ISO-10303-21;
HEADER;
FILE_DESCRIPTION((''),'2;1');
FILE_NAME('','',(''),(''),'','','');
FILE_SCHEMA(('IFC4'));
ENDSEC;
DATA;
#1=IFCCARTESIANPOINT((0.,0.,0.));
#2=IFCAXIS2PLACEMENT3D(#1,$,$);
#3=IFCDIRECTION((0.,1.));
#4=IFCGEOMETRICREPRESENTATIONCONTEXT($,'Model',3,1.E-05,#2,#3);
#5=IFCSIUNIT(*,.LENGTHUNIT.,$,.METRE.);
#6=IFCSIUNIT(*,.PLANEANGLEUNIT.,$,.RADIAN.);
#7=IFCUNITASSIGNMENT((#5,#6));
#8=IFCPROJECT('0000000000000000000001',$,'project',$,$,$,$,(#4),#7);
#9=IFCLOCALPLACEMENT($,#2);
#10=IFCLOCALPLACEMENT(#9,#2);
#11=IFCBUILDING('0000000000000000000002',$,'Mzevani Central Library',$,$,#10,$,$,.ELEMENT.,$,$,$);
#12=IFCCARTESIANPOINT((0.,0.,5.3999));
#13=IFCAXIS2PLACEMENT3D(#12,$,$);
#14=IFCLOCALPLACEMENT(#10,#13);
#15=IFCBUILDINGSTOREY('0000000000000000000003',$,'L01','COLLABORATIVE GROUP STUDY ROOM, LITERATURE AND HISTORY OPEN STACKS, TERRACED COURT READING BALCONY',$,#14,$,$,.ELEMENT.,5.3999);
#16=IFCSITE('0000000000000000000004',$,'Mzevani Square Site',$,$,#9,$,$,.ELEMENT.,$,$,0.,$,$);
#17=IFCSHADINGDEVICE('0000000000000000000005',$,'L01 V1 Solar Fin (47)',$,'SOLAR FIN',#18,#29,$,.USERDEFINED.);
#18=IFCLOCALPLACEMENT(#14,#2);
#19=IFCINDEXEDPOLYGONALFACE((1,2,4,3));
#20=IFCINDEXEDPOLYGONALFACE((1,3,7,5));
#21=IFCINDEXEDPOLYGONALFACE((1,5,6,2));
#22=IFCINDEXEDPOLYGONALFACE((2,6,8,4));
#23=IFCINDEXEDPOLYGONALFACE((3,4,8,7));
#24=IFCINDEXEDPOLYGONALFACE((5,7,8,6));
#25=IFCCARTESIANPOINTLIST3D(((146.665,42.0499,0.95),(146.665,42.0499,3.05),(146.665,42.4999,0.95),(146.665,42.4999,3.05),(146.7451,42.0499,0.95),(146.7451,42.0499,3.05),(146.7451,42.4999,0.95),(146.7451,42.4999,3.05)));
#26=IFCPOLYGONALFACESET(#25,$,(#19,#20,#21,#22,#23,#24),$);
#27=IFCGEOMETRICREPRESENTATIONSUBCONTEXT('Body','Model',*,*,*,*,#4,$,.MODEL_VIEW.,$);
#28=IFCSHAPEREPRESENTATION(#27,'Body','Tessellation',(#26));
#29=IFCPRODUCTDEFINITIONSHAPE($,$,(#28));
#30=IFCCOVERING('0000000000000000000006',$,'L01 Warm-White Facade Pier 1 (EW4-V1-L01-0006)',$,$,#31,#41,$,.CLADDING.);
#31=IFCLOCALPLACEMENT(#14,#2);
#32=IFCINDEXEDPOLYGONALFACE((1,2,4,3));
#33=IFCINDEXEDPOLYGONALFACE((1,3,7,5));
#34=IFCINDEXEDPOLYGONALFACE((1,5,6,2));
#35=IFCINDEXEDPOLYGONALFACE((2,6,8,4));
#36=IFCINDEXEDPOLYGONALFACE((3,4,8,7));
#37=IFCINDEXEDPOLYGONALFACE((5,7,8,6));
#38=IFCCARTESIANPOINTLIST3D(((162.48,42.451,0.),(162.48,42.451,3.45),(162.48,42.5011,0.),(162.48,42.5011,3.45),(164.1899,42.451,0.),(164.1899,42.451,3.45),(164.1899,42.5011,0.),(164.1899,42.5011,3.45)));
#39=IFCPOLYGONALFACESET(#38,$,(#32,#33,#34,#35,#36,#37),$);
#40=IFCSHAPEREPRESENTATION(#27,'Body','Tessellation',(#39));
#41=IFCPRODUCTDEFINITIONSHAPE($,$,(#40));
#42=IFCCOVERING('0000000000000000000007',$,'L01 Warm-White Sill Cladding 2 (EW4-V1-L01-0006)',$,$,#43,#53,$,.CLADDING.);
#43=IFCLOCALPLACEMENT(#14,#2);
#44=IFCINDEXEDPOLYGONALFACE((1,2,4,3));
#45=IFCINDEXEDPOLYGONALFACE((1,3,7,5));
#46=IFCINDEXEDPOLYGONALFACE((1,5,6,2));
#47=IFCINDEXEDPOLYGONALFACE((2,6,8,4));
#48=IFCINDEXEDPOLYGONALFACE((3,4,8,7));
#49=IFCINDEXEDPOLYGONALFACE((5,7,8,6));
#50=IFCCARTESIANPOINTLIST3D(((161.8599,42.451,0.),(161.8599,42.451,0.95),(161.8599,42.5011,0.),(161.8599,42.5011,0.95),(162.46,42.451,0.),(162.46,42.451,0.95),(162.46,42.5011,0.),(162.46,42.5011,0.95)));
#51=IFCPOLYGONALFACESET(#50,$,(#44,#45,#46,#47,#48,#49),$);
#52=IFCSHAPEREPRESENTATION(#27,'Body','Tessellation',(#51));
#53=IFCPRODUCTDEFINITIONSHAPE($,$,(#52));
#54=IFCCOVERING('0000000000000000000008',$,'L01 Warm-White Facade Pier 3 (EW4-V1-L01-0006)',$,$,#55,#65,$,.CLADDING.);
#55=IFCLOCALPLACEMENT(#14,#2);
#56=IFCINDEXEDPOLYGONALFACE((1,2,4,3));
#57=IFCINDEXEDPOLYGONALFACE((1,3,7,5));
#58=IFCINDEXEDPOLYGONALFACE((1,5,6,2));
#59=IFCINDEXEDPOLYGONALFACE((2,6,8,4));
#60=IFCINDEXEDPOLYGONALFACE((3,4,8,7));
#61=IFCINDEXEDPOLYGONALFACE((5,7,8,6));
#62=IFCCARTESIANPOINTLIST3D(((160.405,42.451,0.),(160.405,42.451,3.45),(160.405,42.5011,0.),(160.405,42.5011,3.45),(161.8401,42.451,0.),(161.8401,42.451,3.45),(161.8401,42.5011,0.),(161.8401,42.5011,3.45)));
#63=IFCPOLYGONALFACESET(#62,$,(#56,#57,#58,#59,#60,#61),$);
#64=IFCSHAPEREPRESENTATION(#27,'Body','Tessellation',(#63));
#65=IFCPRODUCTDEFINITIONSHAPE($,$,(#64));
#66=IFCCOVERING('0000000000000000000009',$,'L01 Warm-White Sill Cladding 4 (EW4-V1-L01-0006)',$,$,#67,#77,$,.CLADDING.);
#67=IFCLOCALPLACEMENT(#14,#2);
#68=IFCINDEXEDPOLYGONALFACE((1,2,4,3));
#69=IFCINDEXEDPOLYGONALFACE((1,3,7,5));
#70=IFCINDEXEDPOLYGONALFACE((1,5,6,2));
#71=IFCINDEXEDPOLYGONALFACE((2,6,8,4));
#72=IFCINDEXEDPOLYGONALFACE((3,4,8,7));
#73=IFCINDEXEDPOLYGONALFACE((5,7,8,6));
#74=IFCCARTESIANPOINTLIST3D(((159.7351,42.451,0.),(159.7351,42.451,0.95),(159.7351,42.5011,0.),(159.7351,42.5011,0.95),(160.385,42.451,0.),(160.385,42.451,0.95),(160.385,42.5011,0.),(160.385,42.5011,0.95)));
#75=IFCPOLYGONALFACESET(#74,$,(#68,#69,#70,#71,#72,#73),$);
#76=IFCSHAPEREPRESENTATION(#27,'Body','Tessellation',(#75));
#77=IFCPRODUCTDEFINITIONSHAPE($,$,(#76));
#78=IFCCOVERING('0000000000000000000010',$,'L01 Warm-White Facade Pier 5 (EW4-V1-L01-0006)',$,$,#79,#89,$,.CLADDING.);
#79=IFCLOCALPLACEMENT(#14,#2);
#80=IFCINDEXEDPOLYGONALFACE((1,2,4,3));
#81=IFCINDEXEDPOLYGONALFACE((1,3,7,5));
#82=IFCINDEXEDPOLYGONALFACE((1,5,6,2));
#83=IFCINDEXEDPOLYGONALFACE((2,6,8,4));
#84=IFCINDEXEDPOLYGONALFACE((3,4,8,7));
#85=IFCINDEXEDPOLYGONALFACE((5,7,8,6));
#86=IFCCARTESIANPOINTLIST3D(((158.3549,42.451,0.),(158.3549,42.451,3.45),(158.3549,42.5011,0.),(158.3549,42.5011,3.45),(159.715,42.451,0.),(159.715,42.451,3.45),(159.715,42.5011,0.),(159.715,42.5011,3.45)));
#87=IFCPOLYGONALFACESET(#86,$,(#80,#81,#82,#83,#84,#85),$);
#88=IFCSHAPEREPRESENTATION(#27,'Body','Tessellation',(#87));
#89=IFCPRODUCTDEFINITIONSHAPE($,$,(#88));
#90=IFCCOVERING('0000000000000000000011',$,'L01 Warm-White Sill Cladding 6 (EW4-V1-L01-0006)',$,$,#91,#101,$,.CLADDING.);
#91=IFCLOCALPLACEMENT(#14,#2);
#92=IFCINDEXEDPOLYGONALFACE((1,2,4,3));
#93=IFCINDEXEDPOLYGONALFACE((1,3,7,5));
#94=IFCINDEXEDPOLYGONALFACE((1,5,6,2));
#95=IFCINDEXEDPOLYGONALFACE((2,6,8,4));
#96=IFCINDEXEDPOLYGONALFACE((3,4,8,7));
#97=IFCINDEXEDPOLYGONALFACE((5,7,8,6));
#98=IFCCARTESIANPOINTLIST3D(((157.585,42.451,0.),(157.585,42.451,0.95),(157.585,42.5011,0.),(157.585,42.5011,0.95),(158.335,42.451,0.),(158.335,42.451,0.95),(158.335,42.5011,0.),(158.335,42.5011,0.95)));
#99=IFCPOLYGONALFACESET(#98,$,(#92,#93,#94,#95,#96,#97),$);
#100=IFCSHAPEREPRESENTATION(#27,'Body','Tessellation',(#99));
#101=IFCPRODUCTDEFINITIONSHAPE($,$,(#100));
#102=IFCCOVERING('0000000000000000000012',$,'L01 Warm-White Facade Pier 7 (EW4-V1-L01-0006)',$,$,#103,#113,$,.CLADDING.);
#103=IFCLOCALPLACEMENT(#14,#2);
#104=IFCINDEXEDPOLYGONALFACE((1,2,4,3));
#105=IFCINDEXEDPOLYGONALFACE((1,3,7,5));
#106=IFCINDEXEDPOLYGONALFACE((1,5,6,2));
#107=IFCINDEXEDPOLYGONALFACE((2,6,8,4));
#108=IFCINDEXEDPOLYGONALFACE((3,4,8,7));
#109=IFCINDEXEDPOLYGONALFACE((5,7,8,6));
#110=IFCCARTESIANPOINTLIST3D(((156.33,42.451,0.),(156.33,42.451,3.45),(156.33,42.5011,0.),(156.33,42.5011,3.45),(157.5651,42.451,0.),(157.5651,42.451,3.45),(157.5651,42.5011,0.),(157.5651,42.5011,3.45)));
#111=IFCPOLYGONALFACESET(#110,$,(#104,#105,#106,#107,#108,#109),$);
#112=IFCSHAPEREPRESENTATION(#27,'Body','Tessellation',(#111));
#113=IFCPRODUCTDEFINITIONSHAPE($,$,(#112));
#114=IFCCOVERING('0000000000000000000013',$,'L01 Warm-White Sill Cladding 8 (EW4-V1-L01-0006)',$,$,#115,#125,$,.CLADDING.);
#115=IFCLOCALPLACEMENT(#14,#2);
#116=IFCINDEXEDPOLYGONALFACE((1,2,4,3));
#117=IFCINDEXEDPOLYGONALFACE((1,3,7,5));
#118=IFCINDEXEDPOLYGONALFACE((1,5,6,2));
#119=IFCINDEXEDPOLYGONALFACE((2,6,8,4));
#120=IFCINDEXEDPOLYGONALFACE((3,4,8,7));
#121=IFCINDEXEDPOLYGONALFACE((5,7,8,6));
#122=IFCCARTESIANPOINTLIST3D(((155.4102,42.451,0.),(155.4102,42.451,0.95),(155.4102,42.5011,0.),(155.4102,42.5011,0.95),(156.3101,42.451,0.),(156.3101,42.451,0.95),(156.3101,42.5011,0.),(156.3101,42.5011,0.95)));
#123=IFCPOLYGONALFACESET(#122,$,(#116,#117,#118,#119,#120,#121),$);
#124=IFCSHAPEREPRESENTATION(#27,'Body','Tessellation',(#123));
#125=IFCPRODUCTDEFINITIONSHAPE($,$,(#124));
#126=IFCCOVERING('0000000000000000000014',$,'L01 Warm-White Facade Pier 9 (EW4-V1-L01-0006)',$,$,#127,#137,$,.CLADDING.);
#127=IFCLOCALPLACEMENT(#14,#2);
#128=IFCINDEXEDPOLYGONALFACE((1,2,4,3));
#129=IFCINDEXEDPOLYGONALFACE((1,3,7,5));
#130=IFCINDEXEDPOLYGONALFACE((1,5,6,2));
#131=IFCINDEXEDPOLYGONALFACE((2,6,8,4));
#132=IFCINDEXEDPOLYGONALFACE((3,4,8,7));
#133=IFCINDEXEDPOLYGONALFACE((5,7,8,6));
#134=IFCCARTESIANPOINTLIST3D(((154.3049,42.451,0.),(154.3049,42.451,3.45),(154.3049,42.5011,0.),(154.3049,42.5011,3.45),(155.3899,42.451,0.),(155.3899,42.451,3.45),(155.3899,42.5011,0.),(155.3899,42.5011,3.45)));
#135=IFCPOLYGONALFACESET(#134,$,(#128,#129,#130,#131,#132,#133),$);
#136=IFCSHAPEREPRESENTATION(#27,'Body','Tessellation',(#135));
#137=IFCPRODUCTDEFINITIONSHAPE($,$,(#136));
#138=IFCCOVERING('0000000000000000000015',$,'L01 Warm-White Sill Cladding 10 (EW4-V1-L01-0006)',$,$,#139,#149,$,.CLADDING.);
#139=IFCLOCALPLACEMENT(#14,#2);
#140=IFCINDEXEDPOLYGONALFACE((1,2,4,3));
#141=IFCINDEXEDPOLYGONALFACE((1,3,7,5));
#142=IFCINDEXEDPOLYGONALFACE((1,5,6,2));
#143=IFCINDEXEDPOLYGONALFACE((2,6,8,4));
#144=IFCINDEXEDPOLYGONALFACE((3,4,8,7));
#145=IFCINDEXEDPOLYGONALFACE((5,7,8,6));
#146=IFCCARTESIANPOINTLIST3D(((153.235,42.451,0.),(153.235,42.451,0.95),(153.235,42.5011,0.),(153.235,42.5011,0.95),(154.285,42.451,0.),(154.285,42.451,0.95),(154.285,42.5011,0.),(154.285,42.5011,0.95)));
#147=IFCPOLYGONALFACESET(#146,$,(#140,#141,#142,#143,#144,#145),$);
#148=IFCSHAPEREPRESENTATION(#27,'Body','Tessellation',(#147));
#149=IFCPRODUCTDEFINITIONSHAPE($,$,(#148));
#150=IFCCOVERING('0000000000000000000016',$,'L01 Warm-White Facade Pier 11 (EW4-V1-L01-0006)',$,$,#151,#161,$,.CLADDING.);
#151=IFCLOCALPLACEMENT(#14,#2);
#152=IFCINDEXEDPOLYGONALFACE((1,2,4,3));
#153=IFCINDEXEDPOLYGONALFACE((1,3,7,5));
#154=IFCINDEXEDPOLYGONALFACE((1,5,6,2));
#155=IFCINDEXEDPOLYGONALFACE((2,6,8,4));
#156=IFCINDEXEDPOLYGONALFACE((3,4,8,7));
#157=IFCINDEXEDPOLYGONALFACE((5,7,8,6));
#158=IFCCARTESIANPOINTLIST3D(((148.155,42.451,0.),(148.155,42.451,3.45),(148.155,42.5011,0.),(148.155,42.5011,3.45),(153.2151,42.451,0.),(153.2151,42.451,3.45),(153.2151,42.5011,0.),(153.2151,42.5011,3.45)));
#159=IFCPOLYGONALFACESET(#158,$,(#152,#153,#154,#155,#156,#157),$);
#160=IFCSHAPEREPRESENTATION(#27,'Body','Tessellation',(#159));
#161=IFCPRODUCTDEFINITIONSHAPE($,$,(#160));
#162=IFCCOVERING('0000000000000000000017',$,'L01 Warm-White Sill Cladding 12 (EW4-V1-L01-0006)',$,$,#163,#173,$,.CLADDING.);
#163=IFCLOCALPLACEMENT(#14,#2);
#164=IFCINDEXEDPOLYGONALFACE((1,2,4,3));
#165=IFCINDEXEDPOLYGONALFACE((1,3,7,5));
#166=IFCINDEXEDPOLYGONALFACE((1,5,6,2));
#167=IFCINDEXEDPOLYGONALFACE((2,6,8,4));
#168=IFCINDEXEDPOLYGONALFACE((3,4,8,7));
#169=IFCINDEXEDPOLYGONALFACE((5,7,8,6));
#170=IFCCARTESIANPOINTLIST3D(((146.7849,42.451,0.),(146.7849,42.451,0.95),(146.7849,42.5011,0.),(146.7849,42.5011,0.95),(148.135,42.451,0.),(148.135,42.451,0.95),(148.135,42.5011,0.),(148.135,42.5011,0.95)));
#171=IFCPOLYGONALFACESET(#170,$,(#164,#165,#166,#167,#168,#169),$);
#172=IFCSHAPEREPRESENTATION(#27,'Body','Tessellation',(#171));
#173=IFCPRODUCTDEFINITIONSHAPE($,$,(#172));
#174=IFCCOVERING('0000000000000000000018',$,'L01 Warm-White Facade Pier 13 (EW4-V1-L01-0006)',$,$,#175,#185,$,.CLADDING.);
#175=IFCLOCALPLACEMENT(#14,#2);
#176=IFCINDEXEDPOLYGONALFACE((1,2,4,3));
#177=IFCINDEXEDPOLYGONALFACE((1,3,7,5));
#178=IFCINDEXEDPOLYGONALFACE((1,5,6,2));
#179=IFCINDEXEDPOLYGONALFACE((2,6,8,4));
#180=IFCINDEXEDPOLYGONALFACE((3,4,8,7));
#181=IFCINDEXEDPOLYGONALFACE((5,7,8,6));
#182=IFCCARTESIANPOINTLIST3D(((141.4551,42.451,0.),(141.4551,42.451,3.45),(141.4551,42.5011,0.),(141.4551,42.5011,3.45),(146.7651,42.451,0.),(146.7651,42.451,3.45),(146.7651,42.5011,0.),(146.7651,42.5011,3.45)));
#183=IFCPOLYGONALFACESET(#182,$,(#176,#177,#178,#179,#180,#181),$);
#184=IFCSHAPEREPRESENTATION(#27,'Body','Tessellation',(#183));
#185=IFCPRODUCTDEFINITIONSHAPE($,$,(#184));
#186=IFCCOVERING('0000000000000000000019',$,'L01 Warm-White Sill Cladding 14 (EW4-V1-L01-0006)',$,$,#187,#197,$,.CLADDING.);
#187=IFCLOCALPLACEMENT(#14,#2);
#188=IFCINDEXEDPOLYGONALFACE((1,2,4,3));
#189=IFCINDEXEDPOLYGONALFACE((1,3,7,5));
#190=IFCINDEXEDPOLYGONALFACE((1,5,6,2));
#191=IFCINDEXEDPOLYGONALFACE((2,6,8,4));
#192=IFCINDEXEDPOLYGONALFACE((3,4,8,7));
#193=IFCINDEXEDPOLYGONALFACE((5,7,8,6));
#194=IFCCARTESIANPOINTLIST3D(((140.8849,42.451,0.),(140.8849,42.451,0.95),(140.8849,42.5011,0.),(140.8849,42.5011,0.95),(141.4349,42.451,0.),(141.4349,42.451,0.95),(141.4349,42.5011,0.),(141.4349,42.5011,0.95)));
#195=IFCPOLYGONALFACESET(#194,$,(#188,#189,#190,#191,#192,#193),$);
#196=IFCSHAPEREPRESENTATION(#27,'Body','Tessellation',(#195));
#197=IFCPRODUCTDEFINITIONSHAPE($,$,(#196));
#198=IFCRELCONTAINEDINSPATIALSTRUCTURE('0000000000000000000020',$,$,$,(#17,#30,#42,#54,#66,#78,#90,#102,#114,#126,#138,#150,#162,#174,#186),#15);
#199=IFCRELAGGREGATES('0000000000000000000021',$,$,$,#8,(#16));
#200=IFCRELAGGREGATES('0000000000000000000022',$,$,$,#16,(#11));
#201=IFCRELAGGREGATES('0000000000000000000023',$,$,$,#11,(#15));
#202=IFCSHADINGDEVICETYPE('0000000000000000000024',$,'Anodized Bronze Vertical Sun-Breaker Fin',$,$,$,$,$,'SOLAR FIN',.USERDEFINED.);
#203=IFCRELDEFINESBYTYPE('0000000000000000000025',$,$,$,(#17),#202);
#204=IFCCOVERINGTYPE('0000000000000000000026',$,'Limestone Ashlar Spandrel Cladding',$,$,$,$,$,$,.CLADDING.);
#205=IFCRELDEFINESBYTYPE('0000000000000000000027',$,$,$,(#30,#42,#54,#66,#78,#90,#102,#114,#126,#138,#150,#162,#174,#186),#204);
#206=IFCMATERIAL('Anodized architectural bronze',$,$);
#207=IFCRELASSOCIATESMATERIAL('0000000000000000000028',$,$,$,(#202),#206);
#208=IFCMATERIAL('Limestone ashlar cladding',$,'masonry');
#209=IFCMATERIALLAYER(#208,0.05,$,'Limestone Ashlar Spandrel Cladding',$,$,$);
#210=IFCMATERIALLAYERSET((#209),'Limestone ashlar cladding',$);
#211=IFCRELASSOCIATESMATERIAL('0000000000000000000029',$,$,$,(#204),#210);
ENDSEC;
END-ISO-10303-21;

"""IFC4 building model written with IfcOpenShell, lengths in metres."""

from ifc_helpers import new_model, si_unit, direction, frame, origin, origin_2d, place, context, subcontext, project, spatial, rectangle, extrude, material, layer, layer_set, type_object, element, save


model = new_model("IFC4")

# Units and contexts
model_context = context("Model", 3, precision=1e-05, world=origin(), true_north=direction((0.0, 1.0)))
body_context = subcontext(model_context, "Body", "Model", "MODEL_VIEW")
ifc_project = project(units=[si_unit("LENGTHUNIT", "METRE"), si_unit("PLANEANGLEUNIT", "RADIAN")], contexts=[model_context])

# Site, building, storey
site_placement = place(None, origin())
site = spatial("IfcSite", under=ifc_project, at=site_placement, Name="Mzevani Square Site", CompositionType="ELEMENT", RefElevation=0.0)
building_placement = place(site_placement, origin())
building = spatial("IfcBuilding", under=site, at=building_placement, Name="Mzevani Central Library", CompositionType="ELEMENT")
storey_placement = place(building_placement, frame((0.0, 0.0, 5.3999)))
storey = spatial("IfcBuildingStorey", under=building, at=storey_placement, Name="L01", Description="COLLABORATIVE GROUP STUDY ROOM, LITERATURE AND HISTORY OPEN STACKS, TERRACED COURT READING BALCONY", CompositionType="ELEMENT", Elevation=5.3999)

# Shading device
ifc_material_1 = material(Name="Anodized architectural bronze")
shading_device_type = type_object("IfcShadingDeviceType", Name="Anodized Bronze Vertical Sun-Breaker Fin", ElementType="SOLAR FIN", PredefinedType="USERDEFINED", material=ifc_material_1)
shading_device_1_placement = place(storey_placement, frame((146.7051, 42.2749, 0.95), z_axis=(0.0, 0.0, 1.0), x_axis=(-1.0, 0.0, 0.0)))
element("IfcShadingDevice", 1, at=shading_device_1_placement, inside=storey, type_object=shading_device_type, Name="L01 V1 Solar Fin (47)", ObjectType="SOLAR FIN", PredefinedType="USERDEFINED", context=body_context, shape_type="SweptSolid", body=[
    extrude(rectangle(XDim=0.0801, YDim=0.45, at=origin_2d()), origin(), (0.0, 0.0, 1.0), 2.1001),
])

# Coverings
ifc_material_2 = material(Name="Limestone ashlar cladding", Category="masonry")
ifc_layer_1 = layer(ifc_material_2, 0.05, Name="Limestone Ashlar Spandrel Cladding")
ifc_layer_set_1 = layer_set([ifc_layer_1], Name="Limestone ashlar cladding")
covering_type = type_object("IfcCoveringType", Name="Limestone Ashlar Spandrel Cladding", PredefinedType="CLADDING", material=ifc_layer_set_1)
covering_1_placement = place(storey_placement, frame((163.335, 42.4761, 0.0), z_axis=(0.0, 0.0, 1.0), x_axis=(-1.0, 0.0, 0.0)))
element("IfcCovering", 2, at=covering_1_placement, inside=storey, type_object=covering_type, Name="L01 Warm-White Facade Pier 1 (EW4-V1-L01-0006)", PredefinedType="CLADDING", context=body_context, shape_type="SweptSolid", body=[
    extrude(rectangle(XDim=1.71, YDim=0.05, at=origin_2d()), origin(), (0.0, 0.0, 1.0), 3.45),
])
covering_2_placement = place(storey_placement, frame((162.1599, 42.4761, 0.0), z_axis=(0.0, 0.0, 1.0), x_axis=(-1.0, 0.0, 0.0)))
element("IfcCovering", 3, at=covering_2_placement, inside=storey, type_object=covering_type, Name="L01 Warm-White Sill Cladding 2 (EW4-V1-L01-0006)", PredefinedType="CLADDING", context=body_context, shape_type="SweptSolid", body=[
    extrude(rectangle(XDim=0.6001, YDim=0.05, at=origin_2d()), origin(), (0.0, 0.0, 1.0), 0.95),
])
covering_3_placement = place(storey_placement, frame((161.1226, 42.4761, 0.0), z_axis=(0.0, 0.0, 1.0), x_axis=(-1.0, 0.0, 0.0)))
element("IfcCovering", 4, at=covering_3_placement, inside=storey, type_object=covering_type, Name="L01 Warm-White Facade Pier 3 (EW4-V1-L01-0006)", PredefinedType="CLADDING", context=body_context, shape_type="SweptSolid", body=[
    extrude(rectangle(XDim=1.4351, YDim=0.05, at=origin_2d()), origin(), (0.0, 0.0, 1.0), 3.45),
])
covering_4_placement = place(storey_placement, frame((160.0601, 42.4761, 0.0), z_axis=(0.0, 0.0, 1.0), x_axis=(-1.0, 0.0, 0.0)))
element("IfcCovering", 5, at=covering_4_placement, inside=storey, type_object=covering_type, Name="L01 Warm-White Sill Cladding 4 (EW4-V1-L01-0006)", PredefinedType="CLADDING", context=body_context, shape_type="SweptSolid", body=[
    extrude(rectangle(XDim=0.6499, YDim=0.05, at=origin_2d()), origin(), (0.0, 0.0, 1.0), 0.95),
])
covering_5_placement = place(storey_placement, frame((159.0349, 42.4761, 0.0), z_axis=(0.0, 0.0, 1.0), x_axis=(-1.0, 0.0, 0.0)))
element("IfcCovering", 6, at=covering_5_placement, inside=storey, type_object=covering_type, Name="L01 Warm-White Facade Pier 5 (EW4-V1-L01-0006)", PredefinedType="CLADDING", context=body_context, shape_type="SweptSolid", body=[
    extrude(rectangle(XDim=1.3601, YDim=0.05, at=origin_2d()), origin(), (0.0, 0.0, 1.0), 3.45),
])
covering_6_placement = place(storey_placement, frame((157.96, 42.4761, 0.0), z_axis=(0.0, 0.0, 1.0), x_axis=(-1.0, 0.0, 0.0)))
element("IfcCovering", 7, at=covering_6_placement, inside=storey, type_object=covering_type, Name="L01 Warm-White Sill Cladding 6 (EW4-V1-L01-0006)", PredefinedType="CLADDING", context=body_context, shape_type="SweptSolid", body=[
    extrude(rectangle(XDim=0.75, YDim=0.05, at=origin_2d()), origin(), (0.0, 0.0, 1.0), 0.95),
])
covering_7_placement = place(storey_placement, frame((156.9475, 42.4761, 0.0), z_axis=(0.0, 0.0, 1.0), x_axis=(-1.0, 0.0, 0.0)))
element("IfcCovering", 8, at=covering_7_placement, inside=storey, type_object=covering_type, Name="L01 Warm-White Facade Pier 7 (EW4-V1-L01-0006)", PredefinedType="CLADDING", context=body_context, shape_type="SweptSolid", body=[
    extrude(rectangle(XDim=1.2351, YDim=0.05, at=origin_2d()), origin(), (0.0, 0.0, 1.0), 3.45),
])
covering_8_placement = place(storey_placement, frame((155.8601, 42.4761, 0.0), z_axis=(0.0, 0.0, 1.0), x_axis=(-1.0, 0.0, 0.0)))
element("IfcCovering", 9, at=covering_8_placement, inside=storey, type_object=covering_type, Name="L01 Warm-White Sill Cladding 8 (EW4-V1-L01-0006)", PredefinedType="CLADDING", context=body_context, shape_type="SweptSolid", body=[
    extrude(rectangle(XDim=0.8999, YDim=0.05, at=origin_2d()), origin(), (0.0, 0.0, 1.0), 0.95),
])
covering_9_placement = place(storey_placement, frame((154.8474, 42.4761, 0.0), z_axis=(0.0, 0.0, 1.0), x_axis=(-1.0, 0.0, 0.0)))
element("IfcCovering", 10, at=covering_9_placement, inside=storey, type_object=covering_type, Name="L01 Warm-White Facade Pier 9 (EW4-V1-L01-0006)", PredefinedType="CLADDING", context=body_context, shape_type="SweptSolid", body=[
    extrude(rectangle(XDim=1.085, YDim=0.05, at=origin_2d()), origin(), (0.0, 0.0, 1.0), 3.45),
])
covering_10_placement = place(storey_placement, frame((153.76, 42.4761, 0.0), z_axis=(0.0, 0.0, 1.0), x_axis=(-1.0, 0.0, 0.0)))
element("IfcCovering", 11, at=covering_10_placement, inside=storey, type_object=covering_type, Name="L01 Warm-White Sill Cladding 10 (EW4-V1-L01-0006)", PredefinedType="CLADDING", context=body_context, shape_type="SweptSolid", body=[
    extrude(rectangle(XDim=1.05, YDim=0.05, at=origin_2d()), origin(), (0.0, 0.0, 1.0), 0.95),
])
covering_11_placement = place(storey_placement, frame((150.6851, 42.4761, 0.0), z_axis=(0.0, 0.0, 1.0), x_axis=(-1.0, 0.0, 0.0)))
element("IfcCovering", 12, at=covering_11_placement, inside=storey, type_object=covering_type, Name="L01 Warm-White Facade Pier 11 (EW4-V1-L01-0006)", PredefinedType="CLADDING", context=body_context, shape_type="SweptSolid", body=[
    extrude(rectangle(XDim=5.0601, YDim=0.05, at=origin_2d()), origin(), (0.0, 0.0, 1.0), 3.45),
])
covering_12_placement = place(storey_placement, frame((147.46, 42.4761, 0.0), z_axis=(0.0, 0.0, 1.0), x_axis=(-1.0, 0.0, 0.0)))
element("IfcCovering", 13, at=covering_12_placement, inside=storey, type_object=covering_type, Name="L01 Warm-White Sill Cladding 12 (EW4-V1-L01-0006)", PredefinedType="CLADDING", context=body_context, shape_type="SweptSolid", body=[
    extrude(rectangle(XDim=1.3501, YDim=0.05, at=origin_2d()), origin(), (0.0, 0.0, 1.0), 0.95),
])
covering_13_placement = place(storey_placement, frame((144.1101, 42.4761, 0.0), z_axis=(0.0, 0.0, 1.0), x_axis=(-1.0, 0.0, 0.0)))
element("IfcCovering", 14, at=covering_13_placement, inside=storey, type_object=covering_type, Name="L01 Warm-White Facade Pier 13 (EW4-V1-L01-0006)", PredefinedType="CLADDING", context=body_context, shape_type="SweptSolid", body=[
    extrude(rectangle(XDim=5.3101, YDim=0.05, at=origin_2d()), origin(), (0.0, 0.0, 1.0), 3.45),
])
covering_14_placement = place(storey_placement, frame((141.1599, 42.4761, 0.0), z_axis=(0.0, 0.0, 1.0), x_axis=(-1.0, 0.0, 0.0)))
element("IfcCovering", 15, at=covering_14_placement, inside=storey, type_object=covering_type, Name="L01 Warm-White Sill Cladding 14 (EW4-V1-L01-0006)", PredefinedType="CLADDING", context=body_context, shape_type="SweptSolid", body=[
    extrude(rectangle(XDim=0.55, YDim=0.05, at=origin_2d()), origin(), (0.0, 0.0, 1.0), 0.95),
])

save(model, "model.ifc")
